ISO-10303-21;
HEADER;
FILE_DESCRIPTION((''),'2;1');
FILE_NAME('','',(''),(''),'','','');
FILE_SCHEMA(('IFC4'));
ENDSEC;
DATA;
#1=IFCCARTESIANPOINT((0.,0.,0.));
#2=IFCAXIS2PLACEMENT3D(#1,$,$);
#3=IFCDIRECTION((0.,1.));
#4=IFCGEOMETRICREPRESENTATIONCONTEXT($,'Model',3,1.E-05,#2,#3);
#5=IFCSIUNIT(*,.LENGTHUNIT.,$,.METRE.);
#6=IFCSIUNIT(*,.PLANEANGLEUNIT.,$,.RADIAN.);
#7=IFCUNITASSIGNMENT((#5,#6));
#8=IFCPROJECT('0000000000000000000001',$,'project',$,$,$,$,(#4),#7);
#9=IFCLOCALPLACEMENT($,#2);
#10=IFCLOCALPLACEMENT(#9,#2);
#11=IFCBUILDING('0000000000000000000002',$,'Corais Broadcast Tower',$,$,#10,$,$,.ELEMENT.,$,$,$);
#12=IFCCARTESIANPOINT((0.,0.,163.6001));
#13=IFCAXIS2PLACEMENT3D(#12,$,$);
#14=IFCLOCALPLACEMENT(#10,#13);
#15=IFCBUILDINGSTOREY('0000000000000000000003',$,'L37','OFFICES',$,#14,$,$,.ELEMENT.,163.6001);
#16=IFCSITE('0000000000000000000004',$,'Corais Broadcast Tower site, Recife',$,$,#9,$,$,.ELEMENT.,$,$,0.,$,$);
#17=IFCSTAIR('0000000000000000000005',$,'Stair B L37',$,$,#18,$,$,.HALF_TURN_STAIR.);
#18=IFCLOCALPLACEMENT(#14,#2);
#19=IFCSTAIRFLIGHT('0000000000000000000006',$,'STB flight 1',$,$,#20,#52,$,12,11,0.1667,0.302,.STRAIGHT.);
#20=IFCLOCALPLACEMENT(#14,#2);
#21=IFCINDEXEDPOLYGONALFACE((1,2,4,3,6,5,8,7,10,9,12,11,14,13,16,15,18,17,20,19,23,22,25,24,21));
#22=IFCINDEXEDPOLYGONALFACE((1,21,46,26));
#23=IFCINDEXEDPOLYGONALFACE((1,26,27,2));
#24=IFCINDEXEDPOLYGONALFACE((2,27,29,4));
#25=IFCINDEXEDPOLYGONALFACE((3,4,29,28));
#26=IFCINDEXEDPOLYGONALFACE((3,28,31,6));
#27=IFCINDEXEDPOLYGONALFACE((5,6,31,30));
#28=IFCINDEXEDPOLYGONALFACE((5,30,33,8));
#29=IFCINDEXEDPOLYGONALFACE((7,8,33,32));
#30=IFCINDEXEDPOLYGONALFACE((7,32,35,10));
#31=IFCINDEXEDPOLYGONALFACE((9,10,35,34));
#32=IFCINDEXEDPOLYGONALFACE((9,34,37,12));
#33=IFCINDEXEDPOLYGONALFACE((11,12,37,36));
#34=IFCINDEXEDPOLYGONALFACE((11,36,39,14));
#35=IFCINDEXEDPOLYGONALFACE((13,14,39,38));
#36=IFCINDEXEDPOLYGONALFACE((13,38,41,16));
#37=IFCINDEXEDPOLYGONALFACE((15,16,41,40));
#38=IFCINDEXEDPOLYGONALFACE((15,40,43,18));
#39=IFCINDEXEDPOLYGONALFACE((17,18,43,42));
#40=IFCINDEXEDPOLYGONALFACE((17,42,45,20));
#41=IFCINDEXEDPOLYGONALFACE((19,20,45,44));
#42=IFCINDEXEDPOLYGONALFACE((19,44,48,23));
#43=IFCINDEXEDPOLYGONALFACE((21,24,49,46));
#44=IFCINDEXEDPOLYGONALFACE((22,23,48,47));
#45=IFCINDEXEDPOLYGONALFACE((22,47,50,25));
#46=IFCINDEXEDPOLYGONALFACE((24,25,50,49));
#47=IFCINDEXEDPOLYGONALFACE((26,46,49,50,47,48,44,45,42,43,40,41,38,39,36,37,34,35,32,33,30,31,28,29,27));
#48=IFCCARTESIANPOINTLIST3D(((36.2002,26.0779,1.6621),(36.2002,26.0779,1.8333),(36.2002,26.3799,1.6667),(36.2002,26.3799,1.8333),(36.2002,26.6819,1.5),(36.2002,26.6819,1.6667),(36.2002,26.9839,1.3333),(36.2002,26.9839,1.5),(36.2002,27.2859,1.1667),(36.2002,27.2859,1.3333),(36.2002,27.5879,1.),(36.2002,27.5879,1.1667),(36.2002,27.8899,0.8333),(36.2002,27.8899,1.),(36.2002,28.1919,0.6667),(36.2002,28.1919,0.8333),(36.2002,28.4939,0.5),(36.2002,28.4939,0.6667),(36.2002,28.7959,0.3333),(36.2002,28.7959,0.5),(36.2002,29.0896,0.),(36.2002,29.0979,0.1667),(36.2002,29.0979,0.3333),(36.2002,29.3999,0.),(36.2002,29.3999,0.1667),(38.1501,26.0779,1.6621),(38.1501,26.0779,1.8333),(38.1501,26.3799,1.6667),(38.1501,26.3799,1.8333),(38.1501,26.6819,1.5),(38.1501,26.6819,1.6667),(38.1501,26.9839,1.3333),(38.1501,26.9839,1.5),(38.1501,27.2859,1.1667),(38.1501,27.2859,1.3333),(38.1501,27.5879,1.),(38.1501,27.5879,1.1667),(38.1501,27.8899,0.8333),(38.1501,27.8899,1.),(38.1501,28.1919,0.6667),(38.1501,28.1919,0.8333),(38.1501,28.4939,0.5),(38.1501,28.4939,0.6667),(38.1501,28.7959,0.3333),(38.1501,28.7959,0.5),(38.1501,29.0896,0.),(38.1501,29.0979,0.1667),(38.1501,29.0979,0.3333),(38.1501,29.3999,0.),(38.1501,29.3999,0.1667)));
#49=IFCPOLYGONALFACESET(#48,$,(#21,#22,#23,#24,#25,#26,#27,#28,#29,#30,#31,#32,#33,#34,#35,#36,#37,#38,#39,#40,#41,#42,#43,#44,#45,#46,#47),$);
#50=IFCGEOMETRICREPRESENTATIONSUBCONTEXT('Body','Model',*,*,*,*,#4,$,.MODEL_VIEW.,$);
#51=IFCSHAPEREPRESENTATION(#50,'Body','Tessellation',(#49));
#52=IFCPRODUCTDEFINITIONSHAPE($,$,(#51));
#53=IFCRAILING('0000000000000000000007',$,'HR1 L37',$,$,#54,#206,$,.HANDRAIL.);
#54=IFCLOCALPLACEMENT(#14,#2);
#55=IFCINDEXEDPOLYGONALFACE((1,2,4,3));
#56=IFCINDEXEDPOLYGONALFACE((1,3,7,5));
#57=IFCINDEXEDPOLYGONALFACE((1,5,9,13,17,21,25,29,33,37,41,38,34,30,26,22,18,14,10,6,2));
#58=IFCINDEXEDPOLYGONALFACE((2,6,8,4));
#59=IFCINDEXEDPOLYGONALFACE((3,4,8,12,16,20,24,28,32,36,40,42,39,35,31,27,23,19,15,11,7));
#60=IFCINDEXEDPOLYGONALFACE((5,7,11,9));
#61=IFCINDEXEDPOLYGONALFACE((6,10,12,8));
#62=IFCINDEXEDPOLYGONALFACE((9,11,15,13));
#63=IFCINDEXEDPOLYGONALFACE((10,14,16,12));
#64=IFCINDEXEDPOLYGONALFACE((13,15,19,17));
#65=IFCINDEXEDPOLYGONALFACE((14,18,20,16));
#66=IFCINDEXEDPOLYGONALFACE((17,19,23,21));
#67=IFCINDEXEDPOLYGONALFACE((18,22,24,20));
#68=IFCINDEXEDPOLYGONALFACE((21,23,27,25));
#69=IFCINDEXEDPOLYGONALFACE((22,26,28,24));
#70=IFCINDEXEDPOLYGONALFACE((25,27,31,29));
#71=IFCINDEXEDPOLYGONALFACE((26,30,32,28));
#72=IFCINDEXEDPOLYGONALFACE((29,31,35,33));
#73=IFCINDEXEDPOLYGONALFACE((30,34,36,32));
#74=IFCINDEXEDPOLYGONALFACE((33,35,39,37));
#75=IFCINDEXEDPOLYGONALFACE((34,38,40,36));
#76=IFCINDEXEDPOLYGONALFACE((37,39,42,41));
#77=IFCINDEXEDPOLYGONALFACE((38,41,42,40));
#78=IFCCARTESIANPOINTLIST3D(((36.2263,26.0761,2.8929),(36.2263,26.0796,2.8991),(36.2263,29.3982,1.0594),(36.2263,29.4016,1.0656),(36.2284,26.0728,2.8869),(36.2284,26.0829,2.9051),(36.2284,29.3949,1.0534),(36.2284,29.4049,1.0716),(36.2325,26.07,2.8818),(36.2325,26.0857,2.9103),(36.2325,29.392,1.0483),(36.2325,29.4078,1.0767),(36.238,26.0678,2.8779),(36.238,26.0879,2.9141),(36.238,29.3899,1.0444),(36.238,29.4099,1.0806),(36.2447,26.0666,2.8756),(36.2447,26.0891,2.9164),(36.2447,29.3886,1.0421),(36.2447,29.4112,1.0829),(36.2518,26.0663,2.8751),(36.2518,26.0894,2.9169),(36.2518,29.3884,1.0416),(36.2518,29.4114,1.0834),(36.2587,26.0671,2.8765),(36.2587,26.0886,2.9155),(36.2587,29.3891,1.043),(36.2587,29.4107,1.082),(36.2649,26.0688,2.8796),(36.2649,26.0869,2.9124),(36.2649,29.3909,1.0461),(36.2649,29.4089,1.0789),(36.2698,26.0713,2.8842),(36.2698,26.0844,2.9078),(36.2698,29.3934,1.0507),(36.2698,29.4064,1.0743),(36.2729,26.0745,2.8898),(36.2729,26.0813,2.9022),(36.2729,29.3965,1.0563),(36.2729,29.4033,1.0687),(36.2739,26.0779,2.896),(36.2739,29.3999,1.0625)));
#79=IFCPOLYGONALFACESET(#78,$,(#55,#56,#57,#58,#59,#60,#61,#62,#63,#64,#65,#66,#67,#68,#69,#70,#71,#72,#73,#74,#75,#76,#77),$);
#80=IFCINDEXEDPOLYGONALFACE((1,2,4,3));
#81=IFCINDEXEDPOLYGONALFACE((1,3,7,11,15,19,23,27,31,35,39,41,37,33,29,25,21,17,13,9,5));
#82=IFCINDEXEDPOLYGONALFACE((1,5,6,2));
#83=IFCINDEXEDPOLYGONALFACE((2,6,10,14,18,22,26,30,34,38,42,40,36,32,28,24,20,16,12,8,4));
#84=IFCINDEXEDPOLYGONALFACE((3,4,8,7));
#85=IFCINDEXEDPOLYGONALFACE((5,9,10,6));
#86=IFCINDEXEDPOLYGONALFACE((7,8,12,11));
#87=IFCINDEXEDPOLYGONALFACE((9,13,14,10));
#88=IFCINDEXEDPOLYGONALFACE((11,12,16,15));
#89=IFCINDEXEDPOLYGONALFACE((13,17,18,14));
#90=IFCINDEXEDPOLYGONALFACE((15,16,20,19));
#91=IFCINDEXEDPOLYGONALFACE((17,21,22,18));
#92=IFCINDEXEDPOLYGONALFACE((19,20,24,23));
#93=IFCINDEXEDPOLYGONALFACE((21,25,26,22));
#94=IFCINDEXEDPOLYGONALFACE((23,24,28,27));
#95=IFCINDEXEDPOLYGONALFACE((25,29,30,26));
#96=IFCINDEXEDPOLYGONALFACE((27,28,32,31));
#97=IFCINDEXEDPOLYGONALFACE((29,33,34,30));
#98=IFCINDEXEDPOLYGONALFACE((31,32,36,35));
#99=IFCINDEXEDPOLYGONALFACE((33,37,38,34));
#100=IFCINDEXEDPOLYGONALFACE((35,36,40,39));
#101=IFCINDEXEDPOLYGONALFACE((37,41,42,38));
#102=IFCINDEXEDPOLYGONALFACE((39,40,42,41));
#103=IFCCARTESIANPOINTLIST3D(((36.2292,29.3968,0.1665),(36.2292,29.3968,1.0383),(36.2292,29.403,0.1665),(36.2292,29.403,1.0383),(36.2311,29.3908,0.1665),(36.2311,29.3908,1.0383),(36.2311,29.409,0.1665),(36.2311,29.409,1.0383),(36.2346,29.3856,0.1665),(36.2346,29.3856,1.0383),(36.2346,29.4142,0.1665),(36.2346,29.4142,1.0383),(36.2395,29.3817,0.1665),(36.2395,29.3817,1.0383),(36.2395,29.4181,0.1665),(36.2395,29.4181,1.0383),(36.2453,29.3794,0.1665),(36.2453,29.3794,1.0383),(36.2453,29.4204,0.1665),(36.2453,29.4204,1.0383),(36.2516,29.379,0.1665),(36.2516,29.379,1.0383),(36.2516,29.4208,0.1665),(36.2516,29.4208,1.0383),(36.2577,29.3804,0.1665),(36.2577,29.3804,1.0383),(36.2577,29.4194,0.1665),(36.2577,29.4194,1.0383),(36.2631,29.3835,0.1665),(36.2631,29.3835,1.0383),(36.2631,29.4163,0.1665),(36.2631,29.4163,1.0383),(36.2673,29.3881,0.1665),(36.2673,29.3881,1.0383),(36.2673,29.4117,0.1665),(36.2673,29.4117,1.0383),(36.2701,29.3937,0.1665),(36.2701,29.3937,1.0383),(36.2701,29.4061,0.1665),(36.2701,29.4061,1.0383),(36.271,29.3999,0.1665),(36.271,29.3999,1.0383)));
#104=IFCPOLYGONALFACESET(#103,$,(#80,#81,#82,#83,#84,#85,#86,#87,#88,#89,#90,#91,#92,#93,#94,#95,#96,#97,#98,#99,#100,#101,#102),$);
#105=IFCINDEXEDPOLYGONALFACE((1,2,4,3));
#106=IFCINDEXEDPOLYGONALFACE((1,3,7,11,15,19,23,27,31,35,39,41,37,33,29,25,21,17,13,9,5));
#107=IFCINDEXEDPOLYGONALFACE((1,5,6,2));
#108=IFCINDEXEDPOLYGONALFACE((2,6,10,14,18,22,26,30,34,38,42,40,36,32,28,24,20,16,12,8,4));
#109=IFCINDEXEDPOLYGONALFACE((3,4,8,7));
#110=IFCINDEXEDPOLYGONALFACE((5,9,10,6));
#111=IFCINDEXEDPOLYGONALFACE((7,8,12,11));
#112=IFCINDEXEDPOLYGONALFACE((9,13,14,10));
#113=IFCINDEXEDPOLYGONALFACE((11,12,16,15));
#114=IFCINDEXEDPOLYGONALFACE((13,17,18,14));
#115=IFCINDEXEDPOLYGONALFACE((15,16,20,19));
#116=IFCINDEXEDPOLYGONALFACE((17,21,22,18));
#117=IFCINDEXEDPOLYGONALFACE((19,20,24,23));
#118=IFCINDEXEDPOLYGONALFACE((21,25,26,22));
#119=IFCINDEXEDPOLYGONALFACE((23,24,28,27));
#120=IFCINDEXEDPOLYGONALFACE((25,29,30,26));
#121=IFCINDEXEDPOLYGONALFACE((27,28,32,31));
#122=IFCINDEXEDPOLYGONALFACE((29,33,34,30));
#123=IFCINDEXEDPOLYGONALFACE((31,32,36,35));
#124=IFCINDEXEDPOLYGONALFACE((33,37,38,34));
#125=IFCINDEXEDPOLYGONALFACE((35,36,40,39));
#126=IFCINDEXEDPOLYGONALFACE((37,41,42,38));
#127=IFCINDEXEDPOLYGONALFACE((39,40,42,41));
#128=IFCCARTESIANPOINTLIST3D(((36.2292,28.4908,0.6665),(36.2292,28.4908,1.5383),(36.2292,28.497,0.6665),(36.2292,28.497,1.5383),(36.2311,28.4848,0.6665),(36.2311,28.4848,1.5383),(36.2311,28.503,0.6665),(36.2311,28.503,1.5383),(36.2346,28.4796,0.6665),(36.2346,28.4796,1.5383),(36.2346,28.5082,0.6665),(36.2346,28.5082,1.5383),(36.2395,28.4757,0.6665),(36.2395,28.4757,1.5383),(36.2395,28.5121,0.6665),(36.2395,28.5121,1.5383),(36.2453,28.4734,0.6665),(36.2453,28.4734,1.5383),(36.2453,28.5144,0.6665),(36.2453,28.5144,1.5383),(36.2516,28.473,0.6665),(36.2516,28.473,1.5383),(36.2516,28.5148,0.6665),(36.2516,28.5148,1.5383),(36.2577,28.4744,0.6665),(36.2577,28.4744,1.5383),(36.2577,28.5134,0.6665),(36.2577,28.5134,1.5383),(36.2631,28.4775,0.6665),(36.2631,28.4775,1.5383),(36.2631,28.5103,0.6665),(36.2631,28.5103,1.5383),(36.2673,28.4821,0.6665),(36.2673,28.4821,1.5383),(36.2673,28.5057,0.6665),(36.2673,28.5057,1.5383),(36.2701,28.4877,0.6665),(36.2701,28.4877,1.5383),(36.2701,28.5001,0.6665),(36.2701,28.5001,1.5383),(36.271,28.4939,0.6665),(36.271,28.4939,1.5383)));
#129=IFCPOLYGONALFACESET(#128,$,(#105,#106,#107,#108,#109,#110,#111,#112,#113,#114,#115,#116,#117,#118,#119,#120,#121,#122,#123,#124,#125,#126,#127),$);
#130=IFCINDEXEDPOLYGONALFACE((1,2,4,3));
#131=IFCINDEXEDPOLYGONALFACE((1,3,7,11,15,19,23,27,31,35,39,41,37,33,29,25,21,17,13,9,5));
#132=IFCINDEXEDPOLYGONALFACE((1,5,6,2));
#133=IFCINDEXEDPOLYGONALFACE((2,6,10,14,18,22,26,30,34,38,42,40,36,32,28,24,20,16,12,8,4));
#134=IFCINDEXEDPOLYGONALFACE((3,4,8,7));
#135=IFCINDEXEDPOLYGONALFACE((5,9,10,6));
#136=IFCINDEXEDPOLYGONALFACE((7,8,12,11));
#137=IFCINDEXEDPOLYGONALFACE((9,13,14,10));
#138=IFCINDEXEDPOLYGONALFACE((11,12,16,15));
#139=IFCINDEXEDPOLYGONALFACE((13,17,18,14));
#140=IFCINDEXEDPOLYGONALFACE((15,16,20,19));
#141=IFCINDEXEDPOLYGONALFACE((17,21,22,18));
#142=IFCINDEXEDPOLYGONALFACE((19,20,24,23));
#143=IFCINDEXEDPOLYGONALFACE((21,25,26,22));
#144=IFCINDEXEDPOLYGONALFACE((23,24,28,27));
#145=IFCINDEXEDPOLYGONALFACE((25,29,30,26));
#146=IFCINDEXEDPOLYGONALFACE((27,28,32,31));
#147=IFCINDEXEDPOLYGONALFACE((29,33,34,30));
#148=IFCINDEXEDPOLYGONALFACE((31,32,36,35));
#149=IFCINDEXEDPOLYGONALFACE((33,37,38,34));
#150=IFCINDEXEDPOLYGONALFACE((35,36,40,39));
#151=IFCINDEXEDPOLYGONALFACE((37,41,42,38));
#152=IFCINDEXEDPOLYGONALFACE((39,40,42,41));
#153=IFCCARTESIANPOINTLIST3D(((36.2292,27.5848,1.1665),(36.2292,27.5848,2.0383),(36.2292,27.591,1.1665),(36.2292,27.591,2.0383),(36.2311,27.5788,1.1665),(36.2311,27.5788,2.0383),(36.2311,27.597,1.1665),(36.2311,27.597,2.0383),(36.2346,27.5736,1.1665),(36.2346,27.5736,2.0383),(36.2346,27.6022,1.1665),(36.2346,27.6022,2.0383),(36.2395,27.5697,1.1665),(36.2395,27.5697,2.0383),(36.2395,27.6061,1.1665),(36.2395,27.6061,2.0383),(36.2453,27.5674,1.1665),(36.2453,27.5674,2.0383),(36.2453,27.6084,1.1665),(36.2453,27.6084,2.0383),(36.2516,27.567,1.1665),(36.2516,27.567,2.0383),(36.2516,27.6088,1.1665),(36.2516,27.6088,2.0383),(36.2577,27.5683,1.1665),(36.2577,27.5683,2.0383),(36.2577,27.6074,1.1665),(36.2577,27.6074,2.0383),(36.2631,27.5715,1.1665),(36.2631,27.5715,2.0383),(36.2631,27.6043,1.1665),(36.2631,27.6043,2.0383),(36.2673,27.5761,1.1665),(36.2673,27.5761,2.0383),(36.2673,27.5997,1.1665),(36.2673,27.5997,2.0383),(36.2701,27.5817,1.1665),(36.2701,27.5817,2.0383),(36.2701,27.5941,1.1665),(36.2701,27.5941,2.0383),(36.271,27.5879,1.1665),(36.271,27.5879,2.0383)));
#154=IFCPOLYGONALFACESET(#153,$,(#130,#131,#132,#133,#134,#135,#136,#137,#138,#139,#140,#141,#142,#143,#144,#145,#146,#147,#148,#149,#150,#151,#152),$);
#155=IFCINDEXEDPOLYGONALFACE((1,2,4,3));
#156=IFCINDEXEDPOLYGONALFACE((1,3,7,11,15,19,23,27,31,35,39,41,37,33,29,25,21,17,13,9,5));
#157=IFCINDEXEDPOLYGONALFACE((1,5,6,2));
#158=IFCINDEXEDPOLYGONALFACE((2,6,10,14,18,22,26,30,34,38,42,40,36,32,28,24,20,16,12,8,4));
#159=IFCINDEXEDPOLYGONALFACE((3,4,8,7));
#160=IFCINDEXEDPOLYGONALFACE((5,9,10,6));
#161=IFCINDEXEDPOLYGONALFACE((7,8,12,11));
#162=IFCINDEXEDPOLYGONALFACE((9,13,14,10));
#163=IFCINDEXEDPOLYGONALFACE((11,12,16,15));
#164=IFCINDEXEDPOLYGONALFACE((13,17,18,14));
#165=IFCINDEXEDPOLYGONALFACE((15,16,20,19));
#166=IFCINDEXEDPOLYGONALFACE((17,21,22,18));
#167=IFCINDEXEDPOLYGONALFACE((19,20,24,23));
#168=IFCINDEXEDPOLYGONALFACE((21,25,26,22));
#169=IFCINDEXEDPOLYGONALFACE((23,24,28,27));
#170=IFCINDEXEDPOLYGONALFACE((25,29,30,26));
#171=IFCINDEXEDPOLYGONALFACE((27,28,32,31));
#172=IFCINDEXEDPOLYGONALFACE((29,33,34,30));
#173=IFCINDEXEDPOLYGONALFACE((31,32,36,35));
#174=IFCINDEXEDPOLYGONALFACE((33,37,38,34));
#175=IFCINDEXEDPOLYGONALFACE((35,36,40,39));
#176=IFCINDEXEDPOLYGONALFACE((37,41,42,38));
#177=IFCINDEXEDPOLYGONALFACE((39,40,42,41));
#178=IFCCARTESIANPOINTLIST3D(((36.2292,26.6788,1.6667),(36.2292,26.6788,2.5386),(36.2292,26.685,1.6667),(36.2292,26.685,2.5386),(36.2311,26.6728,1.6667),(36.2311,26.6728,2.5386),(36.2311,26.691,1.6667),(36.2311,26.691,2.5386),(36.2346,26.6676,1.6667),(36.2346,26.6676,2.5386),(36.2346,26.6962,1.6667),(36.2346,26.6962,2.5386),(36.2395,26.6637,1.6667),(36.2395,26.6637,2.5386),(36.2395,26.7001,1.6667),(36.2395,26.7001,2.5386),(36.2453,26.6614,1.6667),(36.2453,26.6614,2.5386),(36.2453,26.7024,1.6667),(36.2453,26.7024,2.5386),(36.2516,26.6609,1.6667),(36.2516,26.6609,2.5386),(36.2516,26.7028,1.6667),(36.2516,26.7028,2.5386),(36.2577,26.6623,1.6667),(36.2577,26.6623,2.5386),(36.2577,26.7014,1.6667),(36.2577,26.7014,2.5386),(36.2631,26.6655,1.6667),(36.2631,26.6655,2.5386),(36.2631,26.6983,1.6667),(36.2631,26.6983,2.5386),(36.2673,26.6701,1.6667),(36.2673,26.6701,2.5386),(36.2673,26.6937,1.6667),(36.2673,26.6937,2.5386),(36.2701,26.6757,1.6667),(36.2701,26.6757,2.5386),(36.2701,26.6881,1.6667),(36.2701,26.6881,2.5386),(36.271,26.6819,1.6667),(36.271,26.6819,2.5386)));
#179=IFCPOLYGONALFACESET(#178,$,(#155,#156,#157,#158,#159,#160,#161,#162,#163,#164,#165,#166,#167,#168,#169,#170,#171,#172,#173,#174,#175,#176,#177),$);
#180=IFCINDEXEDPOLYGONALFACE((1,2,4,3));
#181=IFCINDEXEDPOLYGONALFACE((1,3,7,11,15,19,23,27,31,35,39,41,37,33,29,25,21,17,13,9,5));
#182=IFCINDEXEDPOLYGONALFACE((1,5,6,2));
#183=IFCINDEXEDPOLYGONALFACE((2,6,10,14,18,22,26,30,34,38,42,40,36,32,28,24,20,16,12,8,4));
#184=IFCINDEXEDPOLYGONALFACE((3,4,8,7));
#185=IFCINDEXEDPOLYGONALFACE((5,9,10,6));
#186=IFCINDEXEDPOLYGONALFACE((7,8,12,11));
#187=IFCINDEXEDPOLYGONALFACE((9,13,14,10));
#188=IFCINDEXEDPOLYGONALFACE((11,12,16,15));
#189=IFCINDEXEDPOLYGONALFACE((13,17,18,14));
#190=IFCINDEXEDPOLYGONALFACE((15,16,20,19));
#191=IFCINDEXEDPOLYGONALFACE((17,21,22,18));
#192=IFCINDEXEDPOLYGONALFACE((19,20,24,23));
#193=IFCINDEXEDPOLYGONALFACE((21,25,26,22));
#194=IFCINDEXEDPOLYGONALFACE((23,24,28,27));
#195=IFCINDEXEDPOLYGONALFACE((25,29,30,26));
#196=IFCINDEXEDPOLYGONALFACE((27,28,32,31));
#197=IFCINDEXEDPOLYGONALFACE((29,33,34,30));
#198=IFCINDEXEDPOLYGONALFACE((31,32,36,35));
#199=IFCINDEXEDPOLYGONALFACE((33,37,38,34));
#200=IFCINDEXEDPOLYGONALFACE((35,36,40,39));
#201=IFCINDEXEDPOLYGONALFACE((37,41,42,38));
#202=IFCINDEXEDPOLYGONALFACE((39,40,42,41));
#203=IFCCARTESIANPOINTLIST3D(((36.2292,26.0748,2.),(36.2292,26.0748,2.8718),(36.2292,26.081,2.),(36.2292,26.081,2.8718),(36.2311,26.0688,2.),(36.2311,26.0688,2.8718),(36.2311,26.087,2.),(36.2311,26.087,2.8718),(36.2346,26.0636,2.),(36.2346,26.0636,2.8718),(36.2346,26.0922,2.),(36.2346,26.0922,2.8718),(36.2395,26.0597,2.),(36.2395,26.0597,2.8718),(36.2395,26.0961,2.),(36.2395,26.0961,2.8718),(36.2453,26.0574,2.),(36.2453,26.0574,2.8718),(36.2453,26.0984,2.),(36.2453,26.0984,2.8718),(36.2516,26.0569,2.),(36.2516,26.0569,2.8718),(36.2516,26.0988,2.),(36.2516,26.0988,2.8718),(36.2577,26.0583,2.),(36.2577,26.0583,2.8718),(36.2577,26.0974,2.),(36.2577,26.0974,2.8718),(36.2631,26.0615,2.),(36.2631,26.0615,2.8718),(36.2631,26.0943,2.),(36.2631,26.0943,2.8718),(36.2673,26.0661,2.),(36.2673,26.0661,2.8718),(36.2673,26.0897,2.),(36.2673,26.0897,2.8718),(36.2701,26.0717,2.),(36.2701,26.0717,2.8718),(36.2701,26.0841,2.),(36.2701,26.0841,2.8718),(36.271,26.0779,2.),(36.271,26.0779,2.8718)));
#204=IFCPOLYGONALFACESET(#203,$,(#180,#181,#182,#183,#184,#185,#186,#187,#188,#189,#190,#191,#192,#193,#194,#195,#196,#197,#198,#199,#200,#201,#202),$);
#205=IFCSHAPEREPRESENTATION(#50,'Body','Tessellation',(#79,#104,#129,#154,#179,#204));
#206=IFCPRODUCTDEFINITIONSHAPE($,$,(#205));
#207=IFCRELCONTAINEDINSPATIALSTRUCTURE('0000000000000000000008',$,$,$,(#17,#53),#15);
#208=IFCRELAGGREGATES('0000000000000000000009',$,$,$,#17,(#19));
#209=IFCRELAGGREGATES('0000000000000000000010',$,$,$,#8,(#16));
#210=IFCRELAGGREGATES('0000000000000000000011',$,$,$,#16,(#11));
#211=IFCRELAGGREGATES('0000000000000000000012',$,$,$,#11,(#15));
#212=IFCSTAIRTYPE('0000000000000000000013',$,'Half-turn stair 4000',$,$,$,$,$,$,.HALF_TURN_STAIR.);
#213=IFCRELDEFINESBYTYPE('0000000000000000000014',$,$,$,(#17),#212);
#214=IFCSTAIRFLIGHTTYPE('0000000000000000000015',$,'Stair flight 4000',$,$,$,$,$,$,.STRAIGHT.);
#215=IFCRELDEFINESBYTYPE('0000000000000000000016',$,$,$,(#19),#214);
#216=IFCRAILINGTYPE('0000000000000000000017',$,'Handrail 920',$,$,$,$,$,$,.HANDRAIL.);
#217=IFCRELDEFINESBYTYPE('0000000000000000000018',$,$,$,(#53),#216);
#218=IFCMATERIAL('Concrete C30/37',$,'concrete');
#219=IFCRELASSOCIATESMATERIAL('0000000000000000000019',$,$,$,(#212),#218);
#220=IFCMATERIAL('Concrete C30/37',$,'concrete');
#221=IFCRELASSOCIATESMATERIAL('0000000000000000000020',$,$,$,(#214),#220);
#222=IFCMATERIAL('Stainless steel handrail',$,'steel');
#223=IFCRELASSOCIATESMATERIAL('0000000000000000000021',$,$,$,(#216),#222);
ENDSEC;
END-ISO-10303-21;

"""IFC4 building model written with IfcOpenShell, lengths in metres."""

from ifc_helpers import new_model, si_unit, direction, frame, origin, origin_2d, place, context, subcontext, project, spatial, polyline, circle, outline, extrude, material, type_object, element, aggregate, save


model = new_model("IFC4")

# Units and contexts
model_context = context("Model", 3, precision=1e-05, world=origin(), true_north=direction((0.0, 1.0)))
body_context = subcontext(model_context, "Body", "Model", "MODEL_VIEW")
ifc_project = project(units=[si_unit("LENGTHUNIT", "METRE"), si_unit("PLANEANGLEUNIT", "RADIAN")], contexts=[model_context])

# Site, building, storey
site_placement = place(None, origin())
site = spatial("IfcSite", under=ifc_project, at=site_placement, Name="Corais Broadcast Tower site, Recife", CompositionType="ELEMENT", RefElevation=0.0)
building_placement = place(site_placement, origin())
building = spatial("IfcBuilding", under=site, at=building_placement, Name="Corais Broadcast Tower", CompositionType="ELEMENT")
storey_placement = place(building_placement, frame((0.0, 0.0, 163.6001)))
storey = spatial("IfcBuildingStorey", under=building, at=storey_placement, Name="L37", Description="OFFICES", CompositionType="ELEMENT", Elevation=163.6001)

# Stair, stair flight
ifc_material_1 = material(Name="Concrete C30/37", Category="concrete")
stair_type = type_object("IfcStairType", Name="Half-turn stair 4000", PredefinedType="HALF_TURN_STAIR", material=ifc_material_1)
stair_placement = place(storey_placement, origin())
stair = element("IfcStair", 1, at=stair_placement, inside=storey, type_object=stair_type, Name="Stair B L37", PredefinedType="HALF_TURN_STAIR")
ifc_material_2 = material(Name="Concrete C30/37", Category="concrete")
stair_flight_type = type_object("IfcStairFlightType", Name="Stair flight 4000", PredefinedType="STRAIGHT", material=ifc_material_2)
stair_flight_placement = place(storey_placement, frame((37.175, 29.3999, 0.0), z_axis=(0.0, 0.0, 1.0), x_axis=(0.0, -1.0, 0.0)))
stair_flight = element("IfcStairFlight", 2, at=stair_flight_placement, type_object=stair_flight_type, Name="STB flight 1", NumberOfRisers=12, NumberOfTreads=11, PredefinedType="STRAIGHT", RiserHeight=0.1667, TreadLength=0.302, context=body_context, shape_type="SweptSolid", body=[
    extrude(outline(polyline([(0.0, 0.0), (0.0, 0.1667), (0.302, 0.1667), (0.302, 0.3333), (0.604, 0.3333), (0.604, 0.5), (0.906, 0.5), (0.906, 0.6667), (1.208, 0.6667), (1.208, 0.8333), (1.51, 0.8333), (1.51, 1.0), (1.812, 1.0), (1.812, 1.1667), (2.114, 1.1667), (2.114, 1.3333), (2.416, 1.3333), (2.416, 1.5), (2.718, 1.5), (2.718, 1.6667), (3.02, 1.6667), (3.02, 1.8333), (3.322, 1.8333), (3.322, 2.0), (3.322, 1.6621), (0.3103, 0.0), (0.0, 0.0)])), frame((0.0, 0.9751, 0.0), z_axis=(0.0, -1.0, 0.0), x_axis=(1.0, 0.0, 0.0)), (0.0, 0.0, 1.0), 1.95),
])
aggregate(stair, [stair_flight])

# Railing
ifc_material_3 = material(Name="Stainless steel handrail", Category="steel")
railing_type = type_object("IfcRailingType", Name="Handrail 920", PredefinedType="HANDRAIL", material=ifc_material_3)
for number, where, name in (
    (3, (36.25, 29.3999, 0.1665), "HR1 L37"),
):
    element("IfcRailing", number, at=place(storey_placement, frame(where)), inside=storey, type_object=railing_type, Name=name, PredefinedType="HANDRAIL", context=body_context, shape_type="SweptSolid", body=[
        extrude(circle(Radius=0.0239, at=origin_2d()), frame((0.0, 0.0, 0.896), z_axis=(0.0, -0.875504, 0.48321), x_axis=(1.0, 0.0, 0.0)), (0.0, 0.0, 1.0), 3.7944),
        extrude(circle(Radius=0.021, at=origin_2d()), origin(), (0.0, 0.0, 1.0), 0.8718),
        extrude(circle(Radius=0.021, at=origin_2d()), frame((0.0, -0.906, 0.5)), (0.0, 0.0, 1.0), 0.8718),
        extrude(circle(Radius=0.021, at=origin_2d()), frame((0.0, -1.812, 1.0)), (0.0, 0.0, 1.0), 0.8718),
        extrude(circle(Radius=0.021, at=origin_2d()), frame((0.0, -2.718, 1.5002)), (0.0, 0.0, 1.0), 0.8718),
        extrude(circle(Radius=0.021, at=origin_2d()), frame((0.0, -3.322, 1.8335)), (0.0, 0.0, 1.0), 0.8718),
    ])

save(model, "model.ifc")
